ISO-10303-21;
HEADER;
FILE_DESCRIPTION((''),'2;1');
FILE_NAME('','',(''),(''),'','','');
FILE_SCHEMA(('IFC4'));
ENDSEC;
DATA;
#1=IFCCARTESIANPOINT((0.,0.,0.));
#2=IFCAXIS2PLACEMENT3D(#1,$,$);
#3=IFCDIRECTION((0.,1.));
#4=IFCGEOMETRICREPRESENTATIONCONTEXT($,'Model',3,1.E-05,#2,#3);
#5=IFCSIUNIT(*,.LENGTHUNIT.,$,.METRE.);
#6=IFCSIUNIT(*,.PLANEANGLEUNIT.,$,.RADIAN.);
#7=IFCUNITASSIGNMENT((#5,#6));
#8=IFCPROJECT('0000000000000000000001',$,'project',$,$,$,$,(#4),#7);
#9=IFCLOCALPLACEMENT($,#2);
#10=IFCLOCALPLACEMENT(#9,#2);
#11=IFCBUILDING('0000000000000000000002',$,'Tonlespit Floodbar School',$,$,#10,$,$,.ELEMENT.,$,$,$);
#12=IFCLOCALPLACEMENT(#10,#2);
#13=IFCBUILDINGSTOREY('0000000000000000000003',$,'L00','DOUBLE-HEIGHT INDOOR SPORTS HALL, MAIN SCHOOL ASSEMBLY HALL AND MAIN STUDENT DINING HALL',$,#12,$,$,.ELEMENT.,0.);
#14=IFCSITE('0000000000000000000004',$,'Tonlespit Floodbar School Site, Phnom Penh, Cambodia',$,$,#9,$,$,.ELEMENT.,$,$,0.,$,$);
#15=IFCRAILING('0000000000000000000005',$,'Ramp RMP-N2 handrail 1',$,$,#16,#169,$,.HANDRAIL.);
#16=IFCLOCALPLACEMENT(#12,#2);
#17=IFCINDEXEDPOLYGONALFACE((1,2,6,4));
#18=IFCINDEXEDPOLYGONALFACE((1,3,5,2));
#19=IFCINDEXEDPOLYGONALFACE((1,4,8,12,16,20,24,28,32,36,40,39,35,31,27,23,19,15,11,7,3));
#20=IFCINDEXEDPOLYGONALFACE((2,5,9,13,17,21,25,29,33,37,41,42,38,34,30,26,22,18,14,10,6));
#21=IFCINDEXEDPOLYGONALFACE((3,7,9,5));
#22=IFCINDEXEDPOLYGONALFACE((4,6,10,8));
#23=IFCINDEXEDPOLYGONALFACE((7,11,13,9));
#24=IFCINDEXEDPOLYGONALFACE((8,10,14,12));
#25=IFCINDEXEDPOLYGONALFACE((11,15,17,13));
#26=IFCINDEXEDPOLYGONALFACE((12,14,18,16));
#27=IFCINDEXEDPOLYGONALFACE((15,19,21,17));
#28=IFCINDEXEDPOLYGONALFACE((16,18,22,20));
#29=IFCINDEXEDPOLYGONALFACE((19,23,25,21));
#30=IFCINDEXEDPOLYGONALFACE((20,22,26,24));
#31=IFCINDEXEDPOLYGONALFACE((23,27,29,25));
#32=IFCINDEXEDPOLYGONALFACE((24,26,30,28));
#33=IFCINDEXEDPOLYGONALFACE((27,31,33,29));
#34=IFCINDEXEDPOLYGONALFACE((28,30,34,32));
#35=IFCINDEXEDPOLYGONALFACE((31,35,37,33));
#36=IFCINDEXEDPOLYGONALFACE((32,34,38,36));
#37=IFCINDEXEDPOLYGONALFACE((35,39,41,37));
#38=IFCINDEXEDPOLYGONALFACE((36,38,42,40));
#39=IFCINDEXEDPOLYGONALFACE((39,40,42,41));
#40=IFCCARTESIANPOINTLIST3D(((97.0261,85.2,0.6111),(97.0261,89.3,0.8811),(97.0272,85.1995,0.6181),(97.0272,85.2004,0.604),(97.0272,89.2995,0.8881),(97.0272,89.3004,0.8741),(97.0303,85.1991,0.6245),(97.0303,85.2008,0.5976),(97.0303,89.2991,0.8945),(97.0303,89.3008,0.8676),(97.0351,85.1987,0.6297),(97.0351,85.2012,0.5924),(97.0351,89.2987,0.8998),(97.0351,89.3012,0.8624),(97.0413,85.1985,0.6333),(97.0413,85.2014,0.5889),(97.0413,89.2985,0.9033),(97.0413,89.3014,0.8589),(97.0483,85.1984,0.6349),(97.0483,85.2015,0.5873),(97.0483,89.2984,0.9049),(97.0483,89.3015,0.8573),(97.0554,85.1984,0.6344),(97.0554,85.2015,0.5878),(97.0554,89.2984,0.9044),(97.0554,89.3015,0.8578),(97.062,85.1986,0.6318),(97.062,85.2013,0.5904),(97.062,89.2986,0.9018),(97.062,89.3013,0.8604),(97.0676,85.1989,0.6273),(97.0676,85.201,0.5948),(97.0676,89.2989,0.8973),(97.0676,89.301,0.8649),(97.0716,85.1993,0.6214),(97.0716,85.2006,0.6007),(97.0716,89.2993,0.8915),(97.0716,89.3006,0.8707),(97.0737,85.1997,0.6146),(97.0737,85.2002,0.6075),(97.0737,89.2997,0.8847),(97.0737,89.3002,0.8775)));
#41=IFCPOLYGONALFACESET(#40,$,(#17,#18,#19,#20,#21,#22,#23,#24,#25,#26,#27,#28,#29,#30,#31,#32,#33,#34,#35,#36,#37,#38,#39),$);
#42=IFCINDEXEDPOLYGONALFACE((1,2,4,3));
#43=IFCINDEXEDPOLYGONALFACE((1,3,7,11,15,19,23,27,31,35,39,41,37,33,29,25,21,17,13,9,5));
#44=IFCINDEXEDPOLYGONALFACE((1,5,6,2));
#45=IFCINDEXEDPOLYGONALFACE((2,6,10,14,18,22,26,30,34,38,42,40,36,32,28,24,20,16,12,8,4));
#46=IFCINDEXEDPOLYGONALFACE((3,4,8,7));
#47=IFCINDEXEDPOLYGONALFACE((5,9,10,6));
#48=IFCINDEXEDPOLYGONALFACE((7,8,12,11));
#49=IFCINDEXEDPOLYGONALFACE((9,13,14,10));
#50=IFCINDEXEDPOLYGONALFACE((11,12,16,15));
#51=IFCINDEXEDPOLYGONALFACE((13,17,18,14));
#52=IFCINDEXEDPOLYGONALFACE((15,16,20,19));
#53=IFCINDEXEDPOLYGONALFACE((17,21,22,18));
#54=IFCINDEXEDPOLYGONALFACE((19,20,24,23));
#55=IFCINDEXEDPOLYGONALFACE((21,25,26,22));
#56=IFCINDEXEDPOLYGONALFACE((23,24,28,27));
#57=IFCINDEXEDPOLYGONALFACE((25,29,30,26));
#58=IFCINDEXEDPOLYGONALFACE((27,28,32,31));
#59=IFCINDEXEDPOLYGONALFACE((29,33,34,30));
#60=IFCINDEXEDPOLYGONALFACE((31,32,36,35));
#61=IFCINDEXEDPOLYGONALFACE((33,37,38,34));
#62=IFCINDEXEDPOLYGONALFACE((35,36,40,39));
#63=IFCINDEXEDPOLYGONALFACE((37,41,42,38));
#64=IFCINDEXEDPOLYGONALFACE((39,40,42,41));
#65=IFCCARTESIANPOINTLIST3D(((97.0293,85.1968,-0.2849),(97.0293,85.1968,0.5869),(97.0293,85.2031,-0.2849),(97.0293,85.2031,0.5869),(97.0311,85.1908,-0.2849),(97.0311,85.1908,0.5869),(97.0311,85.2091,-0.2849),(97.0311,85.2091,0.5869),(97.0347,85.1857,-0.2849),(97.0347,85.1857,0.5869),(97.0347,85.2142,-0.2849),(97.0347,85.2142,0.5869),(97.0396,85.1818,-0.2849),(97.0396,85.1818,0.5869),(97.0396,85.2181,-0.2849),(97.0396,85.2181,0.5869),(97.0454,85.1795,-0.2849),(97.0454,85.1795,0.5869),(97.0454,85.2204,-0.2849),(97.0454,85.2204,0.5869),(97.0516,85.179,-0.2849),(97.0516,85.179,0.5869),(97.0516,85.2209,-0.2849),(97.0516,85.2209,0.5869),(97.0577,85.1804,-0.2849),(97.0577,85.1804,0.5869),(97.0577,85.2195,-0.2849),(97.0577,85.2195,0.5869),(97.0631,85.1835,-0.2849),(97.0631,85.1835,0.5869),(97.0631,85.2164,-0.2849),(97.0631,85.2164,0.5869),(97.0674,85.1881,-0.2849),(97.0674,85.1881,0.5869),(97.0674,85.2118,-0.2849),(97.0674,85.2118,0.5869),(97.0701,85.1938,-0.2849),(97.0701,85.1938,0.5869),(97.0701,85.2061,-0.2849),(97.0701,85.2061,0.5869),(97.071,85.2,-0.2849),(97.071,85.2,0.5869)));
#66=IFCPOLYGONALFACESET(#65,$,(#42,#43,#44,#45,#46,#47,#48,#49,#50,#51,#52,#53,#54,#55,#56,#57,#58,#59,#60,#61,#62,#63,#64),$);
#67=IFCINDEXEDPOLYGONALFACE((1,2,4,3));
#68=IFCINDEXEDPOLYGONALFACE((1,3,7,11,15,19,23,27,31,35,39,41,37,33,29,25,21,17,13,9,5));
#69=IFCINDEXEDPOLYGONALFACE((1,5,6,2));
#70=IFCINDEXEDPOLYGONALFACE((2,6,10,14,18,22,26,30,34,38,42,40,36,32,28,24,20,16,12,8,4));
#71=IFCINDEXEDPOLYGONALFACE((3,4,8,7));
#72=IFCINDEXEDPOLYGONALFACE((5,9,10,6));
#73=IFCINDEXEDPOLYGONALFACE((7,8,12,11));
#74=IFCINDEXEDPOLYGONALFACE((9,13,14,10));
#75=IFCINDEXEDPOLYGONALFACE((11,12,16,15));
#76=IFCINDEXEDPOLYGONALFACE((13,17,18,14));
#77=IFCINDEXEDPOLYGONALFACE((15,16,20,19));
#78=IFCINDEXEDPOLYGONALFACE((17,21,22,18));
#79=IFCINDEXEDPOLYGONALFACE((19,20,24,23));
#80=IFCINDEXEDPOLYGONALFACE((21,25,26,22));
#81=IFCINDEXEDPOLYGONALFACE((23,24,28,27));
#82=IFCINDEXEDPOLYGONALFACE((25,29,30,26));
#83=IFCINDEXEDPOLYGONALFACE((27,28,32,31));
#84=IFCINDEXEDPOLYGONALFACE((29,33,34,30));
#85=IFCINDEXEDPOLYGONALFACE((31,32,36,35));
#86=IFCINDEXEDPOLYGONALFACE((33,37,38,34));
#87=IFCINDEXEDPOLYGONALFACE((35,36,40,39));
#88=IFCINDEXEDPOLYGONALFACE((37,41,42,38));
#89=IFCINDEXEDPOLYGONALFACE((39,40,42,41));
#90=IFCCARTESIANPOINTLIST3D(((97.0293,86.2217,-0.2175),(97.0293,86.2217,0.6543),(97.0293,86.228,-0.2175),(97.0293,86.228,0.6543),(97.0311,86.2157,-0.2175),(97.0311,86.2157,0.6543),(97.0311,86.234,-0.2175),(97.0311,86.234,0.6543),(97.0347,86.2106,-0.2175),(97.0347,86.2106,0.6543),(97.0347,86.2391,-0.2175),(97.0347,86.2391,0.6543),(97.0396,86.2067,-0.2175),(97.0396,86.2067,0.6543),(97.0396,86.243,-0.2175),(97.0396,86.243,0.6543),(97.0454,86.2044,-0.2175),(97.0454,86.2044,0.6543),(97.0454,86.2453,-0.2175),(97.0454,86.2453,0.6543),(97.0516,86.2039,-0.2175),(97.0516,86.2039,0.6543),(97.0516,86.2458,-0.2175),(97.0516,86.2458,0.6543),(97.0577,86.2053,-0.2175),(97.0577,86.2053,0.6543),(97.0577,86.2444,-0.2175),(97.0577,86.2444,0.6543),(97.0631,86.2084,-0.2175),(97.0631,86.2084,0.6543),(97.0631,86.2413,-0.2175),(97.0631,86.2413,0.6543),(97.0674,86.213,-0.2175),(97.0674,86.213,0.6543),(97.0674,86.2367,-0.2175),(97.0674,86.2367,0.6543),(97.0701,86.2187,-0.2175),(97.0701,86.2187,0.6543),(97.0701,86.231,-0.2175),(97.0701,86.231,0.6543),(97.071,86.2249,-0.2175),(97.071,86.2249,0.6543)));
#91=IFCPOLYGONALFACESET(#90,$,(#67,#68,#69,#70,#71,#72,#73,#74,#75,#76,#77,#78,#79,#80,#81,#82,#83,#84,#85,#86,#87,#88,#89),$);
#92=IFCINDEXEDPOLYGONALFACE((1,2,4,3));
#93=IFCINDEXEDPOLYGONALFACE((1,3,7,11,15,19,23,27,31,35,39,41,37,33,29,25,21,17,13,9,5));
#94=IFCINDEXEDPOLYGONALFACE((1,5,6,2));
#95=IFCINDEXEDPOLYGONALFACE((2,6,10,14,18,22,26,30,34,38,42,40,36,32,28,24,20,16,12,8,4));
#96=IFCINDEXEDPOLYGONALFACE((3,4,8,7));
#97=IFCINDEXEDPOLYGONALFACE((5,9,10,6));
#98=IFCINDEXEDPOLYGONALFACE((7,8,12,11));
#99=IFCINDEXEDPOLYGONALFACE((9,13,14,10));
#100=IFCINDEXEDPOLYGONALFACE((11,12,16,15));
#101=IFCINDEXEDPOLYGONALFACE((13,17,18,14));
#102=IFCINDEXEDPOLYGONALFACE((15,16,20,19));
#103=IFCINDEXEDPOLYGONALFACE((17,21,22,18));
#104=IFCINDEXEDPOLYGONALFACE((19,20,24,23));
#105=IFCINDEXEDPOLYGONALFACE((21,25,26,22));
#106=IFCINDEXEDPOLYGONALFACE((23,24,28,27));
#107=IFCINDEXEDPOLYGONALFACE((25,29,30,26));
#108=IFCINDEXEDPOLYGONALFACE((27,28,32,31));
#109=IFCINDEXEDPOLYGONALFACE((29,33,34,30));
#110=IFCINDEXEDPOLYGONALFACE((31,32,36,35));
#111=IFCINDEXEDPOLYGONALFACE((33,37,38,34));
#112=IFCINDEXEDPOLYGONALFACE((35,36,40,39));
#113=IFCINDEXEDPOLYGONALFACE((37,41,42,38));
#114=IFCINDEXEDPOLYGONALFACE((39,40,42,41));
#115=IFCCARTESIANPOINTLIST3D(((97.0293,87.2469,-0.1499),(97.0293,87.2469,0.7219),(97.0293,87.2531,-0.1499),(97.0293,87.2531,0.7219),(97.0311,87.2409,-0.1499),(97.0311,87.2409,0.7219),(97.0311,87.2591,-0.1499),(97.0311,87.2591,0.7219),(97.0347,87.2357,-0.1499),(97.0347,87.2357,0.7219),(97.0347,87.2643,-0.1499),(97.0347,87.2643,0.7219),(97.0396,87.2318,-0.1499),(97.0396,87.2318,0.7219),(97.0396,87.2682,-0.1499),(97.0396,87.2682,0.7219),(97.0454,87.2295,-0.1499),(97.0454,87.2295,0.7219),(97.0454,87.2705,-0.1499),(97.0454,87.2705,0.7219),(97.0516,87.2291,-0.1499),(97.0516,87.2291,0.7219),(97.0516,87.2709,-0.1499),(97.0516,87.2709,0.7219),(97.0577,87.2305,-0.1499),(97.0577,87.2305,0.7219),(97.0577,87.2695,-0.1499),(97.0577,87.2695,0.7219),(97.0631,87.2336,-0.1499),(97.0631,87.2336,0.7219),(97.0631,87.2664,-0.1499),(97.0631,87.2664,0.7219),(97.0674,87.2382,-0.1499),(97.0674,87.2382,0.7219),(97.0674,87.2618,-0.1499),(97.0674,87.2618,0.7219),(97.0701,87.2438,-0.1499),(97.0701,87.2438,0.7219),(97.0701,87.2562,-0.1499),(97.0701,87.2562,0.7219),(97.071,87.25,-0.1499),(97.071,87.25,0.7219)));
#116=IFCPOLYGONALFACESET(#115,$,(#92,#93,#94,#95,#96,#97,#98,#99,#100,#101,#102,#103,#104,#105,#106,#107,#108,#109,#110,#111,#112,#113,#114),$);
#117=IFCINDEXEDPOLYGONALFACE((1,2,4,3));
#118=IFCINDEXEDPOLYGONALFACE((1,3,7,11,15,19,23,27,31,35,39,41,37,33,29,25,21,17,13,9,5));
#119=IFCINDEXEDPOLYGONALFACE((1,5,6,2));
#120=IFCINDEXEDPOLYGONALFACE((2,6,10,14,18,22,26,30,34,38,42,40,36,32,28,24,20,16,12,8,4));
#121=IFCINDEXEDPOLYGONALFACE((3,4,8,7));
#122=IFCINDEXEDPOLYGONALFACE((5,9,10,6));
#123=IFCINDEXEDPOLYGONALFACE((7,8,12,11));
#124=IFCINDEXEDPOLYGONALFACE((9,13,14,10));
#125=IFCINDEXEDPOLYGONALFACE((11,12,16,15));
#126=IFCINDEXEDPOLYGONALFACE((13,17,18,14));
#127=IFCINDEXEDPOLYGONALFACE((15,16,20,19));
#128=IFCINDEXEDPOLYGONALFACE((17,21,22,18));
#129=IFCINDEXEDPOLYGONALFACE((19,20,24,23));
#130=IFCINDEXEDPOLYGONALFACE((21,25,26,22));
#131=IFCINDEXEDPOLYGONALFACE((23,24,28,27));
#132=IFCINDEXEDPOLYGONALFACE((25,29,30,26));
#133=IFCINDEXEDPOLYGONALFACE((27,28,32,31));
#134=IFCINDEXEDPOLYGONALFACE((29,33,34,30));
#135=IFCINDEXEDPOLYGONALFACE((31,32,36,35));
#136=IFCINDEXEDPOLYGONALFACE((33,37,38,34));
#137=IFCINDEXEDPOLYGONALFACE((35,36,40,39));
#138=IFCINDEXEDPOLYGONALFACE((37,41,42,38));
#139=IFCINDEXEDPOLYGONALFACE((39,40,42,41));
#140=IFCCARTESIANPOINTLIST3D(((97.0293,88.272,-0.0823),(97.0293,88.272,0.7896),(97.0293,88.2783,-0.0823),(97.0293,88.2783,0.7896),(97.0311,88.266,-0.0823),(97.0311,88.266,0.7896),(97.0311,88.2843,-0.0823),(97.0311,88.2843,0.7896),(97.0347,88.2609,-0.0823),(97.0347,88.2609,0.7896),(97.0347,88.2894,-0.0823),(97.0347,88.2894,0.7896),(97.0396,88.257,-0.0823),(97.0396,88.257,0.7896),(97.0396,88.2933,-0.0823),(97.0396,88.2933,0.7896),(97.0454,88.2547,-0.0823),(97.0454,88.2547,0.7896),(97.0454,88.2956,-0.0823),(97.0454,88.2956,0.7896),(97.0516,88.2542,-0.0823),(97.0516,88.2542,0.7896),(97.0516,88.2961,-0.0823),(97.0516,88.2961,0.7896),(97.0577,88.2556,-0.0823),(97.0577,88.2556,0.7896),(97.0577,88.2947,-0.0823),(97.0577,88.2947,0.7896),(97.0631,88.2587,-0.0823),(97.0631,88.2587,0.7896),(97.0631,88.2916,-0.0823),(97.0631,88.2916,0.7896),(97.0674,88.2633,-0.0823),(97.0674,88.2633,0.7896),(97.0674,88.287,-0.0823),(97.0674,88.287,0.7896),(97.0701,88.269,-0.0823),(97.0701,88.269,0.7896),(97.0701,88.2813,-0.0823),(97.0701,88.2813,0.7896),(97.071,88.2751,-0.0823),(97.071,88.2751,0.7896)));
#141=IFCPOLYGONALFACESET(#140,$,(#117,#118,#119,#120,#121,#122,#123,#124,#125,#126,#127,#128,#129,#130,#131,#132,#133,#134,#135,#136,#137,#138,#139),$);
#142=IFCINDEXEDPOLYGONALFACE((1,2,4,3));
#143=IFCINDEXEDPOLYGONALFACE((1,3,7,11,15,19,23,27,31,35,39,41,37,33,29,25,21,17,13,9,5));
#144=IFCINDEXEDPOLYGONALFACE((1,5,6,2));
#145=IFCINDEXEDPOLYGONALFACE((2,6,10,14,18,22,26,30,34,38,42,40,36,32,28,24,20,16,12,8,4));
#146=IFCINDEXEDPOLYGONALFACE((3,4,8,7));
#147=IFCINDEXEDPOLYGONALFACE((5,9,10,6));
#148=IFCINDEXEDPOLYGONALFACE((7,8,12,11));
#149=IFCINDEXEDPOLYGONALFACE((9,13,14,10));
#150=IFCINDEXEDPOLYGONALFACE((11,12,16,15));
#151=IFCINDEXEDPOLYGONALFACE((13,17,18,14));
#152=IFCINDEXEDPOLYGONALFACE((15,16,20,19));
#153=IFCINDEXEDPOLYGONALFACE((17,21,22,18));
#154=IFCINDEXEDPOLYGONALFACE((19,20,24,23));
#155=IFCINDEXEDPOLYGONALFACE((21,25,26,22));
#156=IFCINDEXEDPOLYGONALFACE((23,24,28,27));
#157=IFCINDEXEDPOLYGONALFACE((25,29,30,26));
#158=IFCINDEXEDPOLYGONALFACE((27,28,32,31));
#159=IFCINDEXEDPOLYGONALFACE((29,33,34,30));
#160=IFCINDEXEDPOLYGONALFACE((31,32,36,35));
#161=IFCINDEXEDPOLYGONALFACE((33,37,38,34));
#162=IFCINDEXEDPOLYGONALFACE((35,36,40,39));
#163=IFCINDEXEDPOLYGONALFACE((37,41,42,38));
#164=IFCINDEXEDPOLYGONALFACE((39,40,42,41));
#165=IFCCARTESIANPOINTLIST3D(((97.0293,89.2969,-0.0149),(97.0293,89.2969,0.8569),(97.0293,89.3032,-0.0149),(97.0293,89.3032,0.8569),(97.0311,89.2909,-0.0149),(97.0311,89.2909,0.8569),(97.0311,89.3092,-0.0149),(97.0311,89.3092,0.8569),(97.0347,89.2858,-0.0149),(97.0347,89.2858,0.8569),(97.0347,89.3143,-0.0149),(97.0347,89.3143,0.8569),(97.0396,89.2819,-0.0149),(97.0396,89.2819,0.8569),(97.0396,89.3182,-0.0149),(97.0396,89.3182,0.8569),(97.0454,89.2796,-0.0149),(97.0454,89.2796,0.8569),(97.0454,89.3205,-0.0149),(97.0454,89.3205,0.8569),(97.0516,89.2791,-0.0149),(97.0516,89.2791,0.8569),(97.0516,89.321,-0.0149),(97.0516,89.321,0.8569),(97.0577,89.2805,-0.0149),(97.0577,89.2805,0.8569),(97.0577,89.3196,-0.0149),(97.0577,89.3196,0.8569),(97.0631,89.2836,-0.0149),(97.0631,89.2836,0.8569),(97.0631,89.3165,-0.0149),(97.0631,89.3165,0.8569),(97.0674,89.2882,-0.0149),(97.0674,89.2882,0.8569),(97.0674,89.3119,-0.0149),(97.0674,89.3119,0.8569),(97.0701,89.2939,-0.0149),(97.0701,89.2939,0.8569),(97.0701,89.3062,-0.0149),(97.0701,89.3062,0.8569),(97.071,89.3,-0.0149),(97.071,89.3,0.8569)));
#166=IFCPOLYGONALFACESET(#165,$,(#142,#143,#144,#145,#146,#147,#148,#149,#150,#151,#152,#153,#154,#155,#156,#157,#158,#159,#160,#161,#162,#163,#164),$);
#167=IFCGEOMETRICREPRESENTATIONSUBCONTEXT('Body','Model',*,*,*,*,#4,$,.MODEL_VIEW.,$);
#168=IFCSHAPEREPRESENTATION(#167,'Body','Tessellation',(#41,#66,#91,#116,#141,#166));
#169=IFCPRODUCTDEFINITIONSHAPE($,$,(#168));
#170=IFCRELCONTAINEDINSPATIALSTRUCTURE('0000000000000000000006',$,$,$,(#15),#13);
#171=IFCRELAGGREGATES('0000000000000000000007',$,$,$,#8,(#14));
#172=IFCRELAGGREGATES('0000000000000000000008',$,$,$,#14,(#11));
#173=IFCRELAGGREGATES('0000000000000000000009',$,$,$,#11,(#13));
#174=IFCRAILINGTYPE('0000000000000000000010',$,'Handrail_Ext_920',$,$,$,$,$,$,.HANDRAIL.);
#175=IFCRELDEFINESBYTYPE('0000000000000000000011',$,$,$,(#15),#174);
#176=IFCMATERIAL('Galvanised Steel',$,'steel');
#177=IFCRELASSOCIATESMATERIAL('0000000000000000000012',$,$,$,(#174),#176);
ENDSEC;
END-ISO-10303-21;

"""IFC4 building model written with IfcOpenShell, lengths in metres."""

from ifc_helpers import new_model, si_unit, direction, frame, origin, origin_2d, place, context, subcontext, project, spatial, circle, extrude, material, type_object, element, save


model = new_model("IFC4")

# Units and contexts
model_context = context("Model", 3, precision=1e-05, world=origin(), true_north=direction((0.0, 1.0)))
body_context = subcontext(model_context, "Body", "Model", "MODEL_VIEW")
ifc_project = project(units=[si_unit("LENGTHUNIT", "METRE"), si_unit("PLANEANGLEUNIT", "RADIAN")], contexts=[model_context])

# Site, building, storey
site_placement = place(None, origin())
site = spatial("IfcSite", under=ifc_project, at=site_placement, Name="Tonlespit Floodbar School Site, Phnom Penh, Cambodia", CompositionType="ELEMENT", RefElevation=0.0)
building_placement = place(site_placement, origin())
building = spatial("IfcBuilding", under=site, at=building_placement, Name="Tonlespit Floodbar School", CompositionType="ELEMENT")
storey_placement = place(building_placement, origin())
storey = spatial("IfcBuildingStorey", under=building, at=storey_placement, Name="L00", Description="DOUBLE-HEIGHT INDOOR SPORTS HALL, MAIN SCHOOL ASSEMBLY HALL AND MAIN STUDENT DINING HALL", CompositionType="ELEMENT", Elevation=0.0)

# Railing
ifc_material_1 = material(Name="Galvanised Steel", Category="steel")
railing_type = type_object("IfcRailingType", Name="Handrail_Ext_920", PredefinedType="HANDRAIL", material=ifc_material_1)
for number, where, name in (
    (1, (97.05, 85.2, -0.2849), "Ramp RMP-N2 handrail 1"),
):
    element("IfcRailing", number, at=place(storey_placement, frame(where)), inside=storey, type_object=railing_type, Name=name, PredefinedType="HANDRAIL", context=body_context, shape_type="SweptSolid", body=[
        extrude(circle(Radius=0.0239, at=origin_2d()), frame((0.0, 0.0, 0.896), z_axis=(0.0, 0.997838, 0.065715), x_axis=(-1.0, 0.0, 0.0)), (0.0, 0.0, 1.0), 4.1089),
        extrude(circle(Radius=0.021, at=origin_2d()), origin(), (0.0, 0.0, 1.0), 0.8718),
        extrude(circle(Radius=0.021, at=origin_2d()), frame((0.0, 1.0249, 0.0674)), (0.0, 0.0, 1.0), 0.8718),
        extrude(circle(Radius=0.021, at=origin_2d()), frame((0.0, 2.05, 0.135)), (0.0, 0.0, 1.0), 0.8718),
        extrude(circle(Radius=0.021, at=origin_2d()), frame((0.0, 3.0752, 0.2026)), (0.0, 0.0, 1.0), 0.8718),
        extrude(circle(Radius=0.021, at=origin_2d()), frame((0.0, 4.1001, 0.27)), (0.0, 0.0, 1.0), 0.8718),
    ])

save(model, "model.ifc")
